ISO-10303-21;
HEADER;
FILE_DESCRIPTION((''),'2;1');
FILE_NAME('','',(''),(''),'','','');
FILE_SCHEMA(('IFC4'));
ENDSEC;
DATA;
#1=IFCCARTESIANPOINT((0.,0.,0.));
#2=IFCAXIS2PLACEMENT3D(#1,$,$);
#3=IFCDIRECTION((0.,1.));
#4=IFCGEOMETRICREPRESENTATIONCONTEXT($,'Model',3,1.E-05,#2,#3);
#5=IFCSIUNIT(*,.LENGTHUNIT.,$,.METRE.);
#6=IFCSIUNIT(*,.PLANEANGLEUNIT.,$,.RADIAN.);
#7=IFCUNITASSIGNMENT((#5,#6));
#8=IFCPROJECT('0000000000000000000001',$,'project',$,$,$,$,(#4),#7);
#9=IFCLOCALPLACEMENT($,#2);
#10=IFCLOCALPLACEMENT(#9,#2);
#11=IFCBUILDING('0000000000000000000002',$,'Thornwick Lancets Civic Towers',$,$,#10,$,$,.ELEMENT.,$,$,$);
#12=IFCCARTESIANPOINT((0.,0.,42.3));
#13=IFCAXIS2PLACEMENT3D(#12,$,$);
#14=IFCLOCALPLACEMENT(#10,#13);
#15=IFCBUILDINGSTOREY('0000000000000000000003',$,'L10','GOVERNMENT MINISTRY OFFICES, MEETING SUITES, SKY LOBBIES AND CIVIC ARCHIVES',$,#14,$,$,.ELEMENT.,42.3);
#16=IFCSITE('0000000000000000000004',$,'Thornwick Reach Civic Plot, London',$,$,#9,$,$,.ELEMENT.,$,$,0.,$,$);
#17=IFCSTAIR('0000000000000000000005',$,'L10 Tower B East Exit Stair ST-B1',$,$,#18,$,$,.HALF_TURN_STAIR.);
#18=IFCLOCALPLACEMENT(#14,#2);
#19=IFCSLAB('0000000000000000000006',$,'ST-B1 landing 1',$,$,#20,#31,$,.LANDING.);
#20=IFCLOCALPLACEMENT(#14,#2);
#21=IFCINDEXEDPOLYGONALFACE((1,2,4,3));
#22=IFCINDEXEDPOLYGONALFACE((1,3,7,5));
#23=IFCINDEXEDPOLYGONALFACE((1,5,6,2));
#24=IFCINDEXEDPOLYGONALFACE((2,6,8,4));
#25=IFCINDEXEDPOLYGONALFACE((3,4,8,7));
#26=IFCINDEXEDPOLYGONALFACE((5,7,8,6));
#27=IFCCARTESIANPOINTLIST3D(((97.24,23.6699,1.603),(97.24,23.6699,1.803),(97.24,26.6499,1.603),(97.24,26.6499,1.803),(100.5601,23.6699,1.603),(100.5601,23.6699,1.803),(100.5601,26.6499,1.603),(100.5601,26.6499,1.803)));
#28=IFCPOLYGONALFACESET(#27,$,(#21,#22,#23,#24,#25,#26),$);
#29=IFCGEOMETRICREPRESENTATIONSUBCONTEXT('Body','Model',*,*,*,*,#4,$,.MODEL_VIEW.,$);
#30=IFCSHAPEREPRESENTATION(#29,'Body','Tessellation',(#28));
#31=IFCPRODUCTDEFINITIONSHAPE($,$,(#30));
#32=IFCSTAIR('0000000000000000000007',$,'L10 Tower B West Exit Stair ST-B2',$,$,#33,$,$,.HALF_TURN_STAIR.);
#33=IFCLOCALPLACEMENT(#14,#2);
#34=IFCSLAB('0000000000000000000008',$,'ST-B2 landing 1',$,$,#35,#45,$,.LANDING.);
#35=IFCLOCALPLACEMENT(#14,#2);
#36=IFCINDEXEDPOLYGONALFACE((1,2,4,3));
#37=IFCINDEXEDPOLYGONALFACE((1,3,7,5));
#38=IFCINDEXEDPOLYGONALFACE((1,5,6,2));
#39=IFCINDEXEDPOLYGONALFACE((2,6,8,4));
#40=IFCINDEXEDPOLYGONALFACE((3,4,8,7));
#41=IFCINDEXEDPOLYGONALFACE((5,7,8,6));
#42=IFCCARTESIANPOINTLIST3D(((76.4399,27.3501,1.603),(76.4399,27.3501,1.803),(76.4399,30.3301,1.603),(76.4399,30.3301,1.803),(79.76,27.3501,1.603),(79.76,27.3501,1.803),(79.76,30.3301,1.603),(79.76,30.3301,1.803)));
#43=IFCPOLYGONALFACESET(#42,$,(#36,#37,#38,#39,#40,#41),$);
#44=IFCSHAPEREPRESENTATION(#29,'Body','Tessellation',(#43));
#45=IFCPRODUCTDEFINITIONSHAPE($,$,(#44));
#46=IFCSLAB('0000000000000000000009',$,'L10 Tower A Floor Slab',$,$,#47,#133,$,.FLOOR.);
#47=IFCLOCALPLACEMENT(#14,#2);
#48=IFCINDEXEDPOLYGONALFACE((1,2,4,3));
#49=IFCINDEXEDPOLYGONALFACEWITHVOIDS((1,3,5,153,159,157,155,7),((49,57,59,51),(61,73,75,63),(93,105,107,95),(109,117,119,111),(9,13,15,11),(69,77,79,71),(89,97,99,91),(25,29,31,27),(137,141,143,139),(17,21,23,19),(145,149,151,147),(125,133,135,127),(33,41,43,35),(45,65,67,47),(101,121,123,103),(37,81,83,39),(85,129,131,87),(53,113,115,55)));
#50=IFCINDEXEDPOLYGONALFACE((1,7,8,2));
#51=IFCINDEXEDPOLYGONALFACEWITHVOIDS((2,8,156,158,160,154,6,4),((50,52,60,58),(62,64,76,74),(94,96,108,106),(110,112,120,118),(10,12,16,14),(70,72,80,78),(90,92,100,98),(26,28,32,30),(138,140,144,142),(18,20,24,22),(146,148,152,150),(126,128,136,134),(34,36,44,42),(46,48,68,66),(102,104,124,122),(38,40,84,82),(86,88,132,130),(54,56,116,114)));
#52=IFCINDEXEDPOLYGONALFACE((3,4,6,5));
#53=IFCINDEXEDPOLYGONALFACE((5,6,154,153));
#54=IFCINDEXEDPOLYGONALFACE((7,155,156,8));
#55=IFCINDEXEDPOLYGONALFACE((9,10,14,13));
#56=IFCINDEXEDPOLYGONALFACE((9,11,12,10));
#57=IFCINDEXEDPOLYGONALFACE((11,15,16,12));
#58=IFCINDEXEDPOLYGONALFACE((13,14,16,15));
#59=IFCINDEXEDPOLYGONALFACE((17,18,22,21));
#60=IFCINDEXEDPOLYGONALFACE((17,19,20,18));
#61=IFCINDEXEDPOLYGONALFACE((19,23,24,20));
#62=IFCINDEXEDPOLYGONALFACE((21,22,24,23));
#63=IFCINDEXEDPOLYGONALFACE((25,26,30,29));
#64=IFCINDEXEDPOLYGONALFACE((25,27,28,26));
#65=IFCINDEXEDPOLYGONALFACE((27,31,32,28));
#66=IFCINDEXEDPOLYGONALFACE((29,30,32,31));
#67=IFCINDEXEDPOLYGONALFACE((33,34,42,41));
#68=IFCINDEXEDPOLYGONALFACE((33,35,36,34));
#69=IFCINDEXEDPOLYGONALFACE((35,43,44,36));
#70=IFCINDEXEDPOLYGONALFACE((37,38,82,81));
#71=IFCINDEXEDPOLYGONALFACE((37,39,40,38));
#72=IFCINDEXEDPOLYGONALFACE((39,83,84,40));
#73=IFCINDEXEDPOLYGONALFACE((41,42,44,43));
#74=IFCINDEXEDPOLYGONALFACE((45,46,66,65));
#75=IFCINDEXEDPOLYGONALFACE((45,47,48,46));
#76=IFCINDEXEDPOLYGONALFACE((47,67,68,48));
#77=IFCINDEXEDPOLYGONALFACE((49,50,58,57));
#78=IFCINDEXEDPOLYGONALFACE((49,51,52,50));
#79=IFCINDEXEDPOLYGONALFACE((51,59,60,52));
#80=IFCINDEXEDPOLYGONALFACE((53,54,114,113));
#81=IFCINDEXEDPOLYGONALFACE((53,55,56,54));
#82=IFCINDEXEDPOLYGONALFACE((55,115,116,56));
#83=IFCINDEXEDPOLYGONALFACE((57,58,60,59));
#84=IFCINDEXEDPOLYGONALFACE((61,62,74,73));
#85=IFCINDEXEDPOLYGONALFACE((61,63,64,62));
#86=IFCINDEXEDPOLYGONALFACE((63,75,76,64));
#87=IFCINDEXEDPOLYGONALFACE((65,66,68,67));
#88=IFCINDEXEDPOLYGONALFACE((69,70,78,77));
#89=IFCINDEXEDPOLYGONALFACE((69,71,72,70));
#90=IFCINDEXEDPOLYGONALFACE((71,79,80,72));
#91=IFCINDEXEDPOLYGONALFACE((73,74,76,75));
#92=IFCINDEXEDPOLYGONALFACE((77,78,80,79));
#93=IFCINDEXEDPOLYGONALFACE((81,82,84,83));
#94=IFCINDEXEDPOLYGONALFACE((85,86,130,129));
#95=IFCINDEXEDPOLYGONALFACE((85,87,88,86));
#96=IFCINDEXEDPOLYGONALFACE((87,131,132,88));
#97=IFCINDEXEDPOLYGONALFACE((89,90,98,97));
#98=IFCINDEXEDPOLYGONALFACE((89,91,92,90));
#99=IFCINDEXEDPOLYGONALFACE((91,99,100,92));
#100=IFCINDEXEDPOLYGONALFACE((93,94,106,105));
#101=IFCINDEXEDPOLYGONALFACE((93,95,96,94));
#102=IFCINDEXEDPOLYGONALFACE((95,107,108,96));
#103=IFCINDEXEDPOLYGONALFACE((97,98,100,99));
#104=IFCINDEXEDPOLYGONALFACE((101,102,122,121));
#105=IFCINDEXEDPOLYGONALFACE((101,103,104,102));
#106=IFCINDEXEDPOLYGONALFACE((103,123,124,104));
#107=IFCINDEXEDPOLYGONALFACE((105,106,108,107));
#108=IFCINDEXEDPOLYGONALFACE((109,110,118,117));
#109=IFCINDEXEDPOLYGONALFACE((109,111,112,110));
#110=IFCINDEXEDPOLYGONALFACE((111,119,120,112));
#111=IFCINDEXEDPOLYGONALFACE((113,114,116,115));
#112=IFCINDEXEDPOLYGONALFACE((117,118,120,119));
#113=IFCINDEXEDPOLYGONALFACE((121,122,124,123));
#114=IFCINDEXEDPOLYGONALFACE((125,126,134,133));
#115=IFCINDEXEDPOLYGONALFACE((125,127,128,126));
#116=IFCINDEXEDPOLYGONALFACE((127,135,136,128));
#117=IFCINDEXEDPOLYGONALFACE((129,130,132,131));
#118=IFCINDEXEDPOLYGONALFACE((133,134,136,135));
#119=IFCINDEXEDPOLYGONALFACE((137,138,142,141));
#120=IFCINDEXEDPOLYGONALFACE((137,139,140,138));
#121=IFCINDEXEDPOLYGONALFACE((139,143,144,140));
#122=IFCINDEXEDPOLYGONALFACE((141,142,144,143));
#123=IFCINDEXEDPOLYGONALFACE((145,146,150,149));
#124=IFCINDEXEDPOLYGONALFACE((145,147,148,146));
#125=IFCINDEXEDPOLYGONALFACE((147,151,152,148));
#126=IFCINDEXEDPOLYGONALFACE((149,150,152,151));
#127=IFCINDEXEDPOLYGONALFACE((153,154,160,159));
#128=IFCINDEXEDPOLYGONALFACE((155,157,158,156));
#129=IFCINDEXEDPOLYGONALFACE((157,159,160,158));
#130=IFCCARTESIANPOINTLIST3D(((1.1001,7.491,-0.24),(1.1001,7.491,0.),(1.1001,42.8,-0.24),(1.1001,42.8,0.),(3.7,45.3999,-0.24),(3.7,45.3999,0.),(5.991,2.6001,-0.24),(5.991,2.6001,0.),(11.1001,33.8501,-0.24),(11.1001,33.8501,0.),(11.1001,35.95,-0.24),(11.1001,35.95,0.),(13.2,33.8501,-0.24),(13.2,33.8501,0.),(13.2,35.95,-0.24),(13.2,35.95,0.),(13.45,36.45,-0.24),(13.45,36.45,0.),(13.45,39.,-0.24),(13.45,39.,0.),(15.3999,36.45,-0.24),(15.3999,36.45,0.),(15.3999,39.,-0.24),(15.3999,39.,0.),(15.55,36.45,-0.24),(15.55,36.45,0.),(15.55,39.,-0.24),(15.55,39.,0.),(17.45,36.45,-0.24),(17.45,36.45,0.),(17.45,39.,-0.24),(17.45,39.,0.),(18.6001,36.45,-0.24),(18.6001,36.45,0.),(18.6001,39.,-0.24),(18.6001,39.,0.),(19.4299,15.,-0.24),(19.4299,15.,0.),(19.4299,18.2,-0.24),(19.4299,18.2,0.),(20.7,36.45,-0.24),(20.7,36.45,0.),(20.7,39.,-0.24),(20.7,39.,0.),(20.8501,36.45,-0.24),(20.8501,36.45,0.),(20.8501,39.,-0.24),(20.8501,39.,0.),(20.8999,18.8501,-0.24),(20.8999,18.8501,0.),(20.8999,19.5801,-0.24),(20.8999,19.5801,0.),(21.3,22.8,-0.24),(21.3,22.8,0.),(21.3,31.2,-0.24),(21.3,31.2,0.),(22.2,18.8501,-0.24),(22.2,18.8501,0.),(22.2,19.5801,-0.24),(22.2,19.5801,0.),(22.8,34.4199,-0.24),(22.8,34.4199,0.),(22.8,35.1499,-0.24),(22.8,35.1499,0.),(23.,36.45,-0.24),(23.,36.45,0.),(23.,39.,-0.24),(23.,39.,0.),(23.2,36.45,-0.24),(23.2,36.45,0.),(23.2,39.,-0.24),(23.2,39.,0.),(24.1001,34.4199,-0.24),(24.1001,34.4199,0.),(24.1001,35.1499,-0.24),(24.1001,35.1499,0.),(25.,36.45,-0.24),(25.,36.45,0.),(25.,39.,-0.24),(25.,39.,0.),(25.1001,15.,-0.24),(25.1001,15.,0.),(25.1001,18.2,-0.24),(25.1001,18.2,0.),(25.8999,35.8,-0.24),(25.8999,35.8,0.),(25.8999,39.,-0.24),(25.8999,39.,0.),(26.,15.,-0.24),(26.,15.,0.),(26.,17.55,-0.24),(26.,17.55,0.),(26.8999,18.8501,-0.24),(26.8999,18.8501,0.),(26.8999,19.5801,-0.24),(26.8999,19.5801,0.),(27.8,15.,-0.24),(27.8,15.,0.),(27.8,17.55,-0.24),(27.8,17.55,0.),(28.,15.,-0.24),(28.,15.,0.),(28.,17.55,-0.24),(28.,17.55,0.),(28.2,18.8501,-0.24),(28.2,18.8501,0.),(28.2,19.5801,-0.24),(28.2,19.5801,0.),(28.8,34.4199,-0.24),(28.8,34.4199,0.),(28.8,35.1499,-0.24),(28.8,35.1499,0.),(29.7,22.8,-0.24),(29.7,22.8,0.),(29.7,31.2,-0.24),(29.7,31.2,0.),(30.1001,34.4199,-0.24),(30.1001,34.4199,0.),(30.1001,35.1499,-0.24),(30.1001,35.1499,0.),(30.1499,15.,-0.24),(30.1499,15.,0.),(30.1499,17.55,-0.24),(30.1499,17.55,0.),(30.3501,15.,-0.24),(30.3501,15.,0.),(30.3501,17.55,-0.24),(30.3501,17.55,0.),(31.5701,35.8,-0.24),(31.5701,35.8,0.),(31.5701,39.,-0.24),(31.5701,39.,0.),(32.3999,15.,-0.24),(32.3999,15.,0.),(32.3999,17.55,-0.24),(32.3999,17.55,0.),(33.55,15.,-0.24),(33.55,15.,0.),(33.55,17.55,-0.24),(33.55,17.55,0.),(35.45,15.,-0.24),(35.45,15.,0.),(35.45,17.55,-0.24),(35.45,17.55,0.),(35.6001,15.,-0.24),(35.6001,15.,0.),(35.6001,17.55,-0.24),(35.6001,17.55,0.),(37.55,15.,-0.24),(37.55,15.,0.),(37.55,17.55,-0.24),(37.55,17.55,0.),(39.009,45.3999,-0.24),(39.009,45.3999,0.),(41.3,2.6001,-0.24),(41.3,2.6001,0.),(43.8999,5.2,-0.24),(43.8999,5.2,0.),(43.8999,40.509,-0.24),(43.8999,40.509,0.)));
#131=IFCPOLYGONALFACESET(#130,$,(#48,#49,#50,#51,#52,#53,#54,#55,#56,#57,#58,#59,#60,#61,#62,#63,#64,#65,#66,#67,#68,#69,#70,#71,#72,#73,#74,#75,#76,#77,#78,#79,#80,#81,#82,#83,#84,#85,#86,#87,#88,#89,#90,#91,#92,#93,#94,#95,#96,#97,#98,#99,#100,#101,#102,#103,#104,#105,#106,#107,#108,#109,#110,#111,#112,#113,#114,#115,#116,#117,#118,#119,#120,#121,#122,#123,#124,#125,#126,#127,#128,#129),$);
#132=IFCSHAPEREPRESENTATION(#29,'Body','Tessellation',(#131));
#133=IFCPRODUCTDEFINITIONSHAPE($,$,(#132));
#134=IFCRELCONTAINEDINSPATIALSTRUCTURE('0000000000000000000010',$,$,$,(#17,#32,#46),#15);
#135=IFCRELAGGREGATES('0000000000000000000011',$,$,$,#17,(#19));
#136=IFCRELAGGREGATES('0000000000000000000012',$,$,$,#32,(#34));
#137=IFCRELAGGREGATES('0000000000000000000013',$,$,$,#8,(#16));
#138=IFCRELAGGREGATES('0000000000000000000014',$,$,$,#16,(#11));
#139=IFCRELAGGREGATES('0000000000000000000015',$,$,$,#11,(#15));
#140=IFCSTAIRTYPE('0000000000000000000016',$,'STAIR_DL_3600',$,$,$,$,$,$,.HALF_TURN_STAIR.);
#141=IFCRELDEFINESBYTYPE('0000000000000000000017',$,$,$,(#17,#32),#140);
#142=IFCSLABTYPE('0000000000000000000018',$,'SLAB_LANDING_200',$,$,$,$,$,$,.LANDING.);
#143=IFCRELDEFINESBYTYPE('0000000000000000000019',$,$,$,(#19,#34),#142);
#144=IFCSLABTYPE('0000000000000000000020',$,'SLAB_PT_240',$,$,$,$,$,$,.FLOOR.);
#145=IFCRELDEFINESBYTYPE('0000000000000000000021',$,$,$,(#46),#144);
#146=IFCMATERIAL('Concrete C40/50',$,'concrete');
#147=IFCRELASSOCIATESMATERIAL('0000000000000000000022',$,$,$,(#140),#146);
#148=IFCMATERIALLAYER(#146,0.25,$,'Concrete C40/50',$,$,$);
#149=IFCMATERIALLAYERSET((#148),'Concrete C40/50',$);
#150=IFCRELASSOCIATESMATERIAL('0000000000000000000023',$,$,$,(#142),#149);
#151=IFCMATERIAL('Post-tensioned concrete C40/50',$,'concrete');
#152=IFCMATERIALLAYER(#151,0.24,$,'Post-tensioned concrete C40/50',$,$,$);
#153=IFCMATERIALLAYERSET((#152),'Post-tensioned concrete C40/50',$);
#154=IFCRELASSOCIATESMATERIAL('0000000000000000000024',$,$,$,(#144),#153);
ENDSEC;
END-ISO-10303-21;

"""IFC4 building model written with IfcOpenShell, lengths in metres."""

from ifc_helpers import new_model, si_unit, direction, frame, origin, place, context, subcontext, project, spatial, polyline, outline, extrude, material, layer, layer_set, type_object, element, aggregate, save


model = new_model("IFC4")

# Units and contexts
model_context = context("Model", 3, precision=1e-05, world=origin(), true_north=direction((0.0, 1.0)))
body_context = subcontext(model_context, "Body", "Model", "MODEL_VIEW")
ifc_project = project(units=[si_unit("LENGTHUNIT", "METRE"), si_unit("PLANEANGLEUNIT", "RADIAN")], contexts=[model_context])

# Site, building, storey
site_placement = place(None, origin())
site = spatial("IfcSite", under=ifc_project, at=site_placement, Name="Thornwick Reach Civic Plot, London", CompositionType="ELEMENT", RefElevation=0.0)
building_placement = place(site_placement, origin())
building = spatial("IfcBuilding", under=site, at=building_placement, Name="Thornwick Lancets Civic Towers", CompositionType="ELEMENT")
storey_placement = place(building_placement, frame((0.0, 0.0, 42.3)))
storey = spatial("IfcBuildingStorey", under=building, at=storey_placement, Name="L10", Description="GOVERNMENT MINISTRY OFFICES, MEETING SUITES, SKY LOBBIES AND CIVIC ARCHIVES", CompositionType="ELEMENT", Elevation=42.3)

# Shared definitions
ifc_material_1 = material(Name="Post-tensioned concrete C40/50", Category="concrete")

# Stairs, slabs
ifc_material_2 = material(Name="Concrete C40/50", Category="concrete")
stair_type = type_object("IfcStairType", Name="STAIR_DL_3600", PredefinedType="HALF_TURN_STAIR", material=ifc_material_2)
ifc_layer_1 = layer(ifc_material_2, 0.25, Name="Concrete C40/50")
ifc_layer_set_1 = layer_set([ifc_layer_1], Name="Concrete C40/50")
slab_type_1 = type_object("IfcSlabType", Name="SLAB_LANDING_200", PredefinedType="LANDING", material=ifc_layer_set_1)
stair_1_placement = place(storey_placement, origin())
stair_1 = element("IfcStair", 1, at=stair_1_placement, inside=storey, type_object=stair_type, Name="L10 Tower B East Exit Stair ST-B1", PredefinedType="HALF_TURN_STAIR")
slab_1_placement = place(storey_placement, frame((0.0, 0.0, 1.603)))
slab_1 = element("IfcSlab", 2, at=slab_1_placement, type_object=slab_type_1, Name="ST-B1 landing 1", PredefinedType="LANDING", context=body_context, shape_type="SweptSolid", body=[
    extrude(outline(polyline([(100.5601, 23.6699), (100.5601, 26.6499), (97.24, 26.6499), (97.24, 23.6699), (100.5601, 23.6699)])), origin(), (0.0, 0.0, 1.0), 0.2),
])
aggregate(stair_1, [slab_1])
stair_2_placement = place(storey_placement, origin())
stair_2 = element("IfcStair", 3, at=stair_2_placement, inside=storey, type_object=stair_type, Name="L10 Tower B West Exit Stair ST-B2", PredefinedType="HALF_TURN_STAIR")
slab_2_placement = place(storey_placement, frame((0.0, 0.0, 1.603)))
slab_2 = element("IfcSlab", 4, at=slab_2_placement, type_object=slab_type_1, Name="ST-B2 landing 1", PredefinedType="LANDING", context=body_context, shape_type="SweptSolid", body=[
    extrude(outline(polyline([(76.4399, 30.3301), (76.4399, 27.3501), (79.76, 27.3501), (79.76, 30.3301), (76.4399, 30.3301)])), origin(), (0.0, 0.0, 1.0), 0.2),
])
aggregate(stair_2, [slab_2])

# Slab
ifc_layer_2 = layer(ifc_material_1, 0.24, Name="Post-tensioned concrete C40/50")
ifc_layer_set_2 = layer_set([ifc_layer_2], Name="Post-tensioned concrete C40/50")
slab_type_2 = type_object("IfcSlabType", Name="SLAB_PT_240", PredefinedType="FLOOR", material=ifc_layer_set_2)
slab_3_placement = place(storey_placement, frame((0.0, 0.0, -0.24)))
element("IfcSlab", 5, at=slab_3_placement, inside=storey, type_object=slab_type_2, Name="L10 Tower A Floor Slab", PredefinedType="FLOOR", context=body_context, shape_type="SweptSolid", body=[
    extrude(outline(polyline([(5.991, 2.6001), (41.3, 2.6001), (43.8999, 5.2), (43.8999, 40.509), (39.009, 45.3999), (3.7, 45.3999), (1.1001, 42.8), (1.1001, 7.491), (5.991, 2.6001)]), holes=[polyline([(21.3, 22.8), (29.7, 22.8), (29.7, 31.2), (21.3, 31.2), (21.3, 22.8)]), polyline([(19.4299, 15.0), (25.1001, 15.0), (25.1001, 18.2), (19.4299, 18.2), (19.4299, 15.0)]), polyline([(31.5701, 39.0), (25.8999, 39.0), (25.8999, 35.8), (31.5701, 35.8), (31.5701, 39.0)]), polyline([(26.0, 15.0), (27.8, 15.0), (27.8, 17.55), (26.0, 17.55), (26.0, 15.0)]), polyline([(28.0, 15.0), (30.1499, 15.0), (30.1499, 17.55), (28.0, 17.55), (28.0, 15.0)]), polyline([(30.3501, 15.0), (32.3999, 15.0), (32.3999, 17.55), (30.3501, 17.55), (30.3501, 15.0)]), polyline([(33.55, 15.0), (35.45, 15.0), (35.45, 17.55), (33.55, 17.55), (33.55, 15.0)]), polyline([(35.6001, 15.0), (37.55, 15.0), (37.55, 17.55), (35.6001, 17.55), (35.6001, 15.0)]), polyline([(23.2, 36.45), (25.0, 36.45), (25.0, 39.0), (23.2, 39.0), (23.2, 36.45)]), polyline([(20.8501, 36.45), (23.0, 36.45), (23.0, 39.0), (20.8501, 39.0), (20.8501, 36.45)]), polyline([(18.6001, 36.45), (20.7, 36.45), (20.7, 39.0), (18.6001, 39.0), (18.6001, 36.45)]), polyline([(15.55, 36.45), (17.45, 36.45), (17.45, 39.0), (15.55, 39.0), (15.55, 36.45)]), polyline([(13.45, 36.45), (15.3999, 36.45), (15.3999, 39.0), (13.45, 39.0), (13.45, 36.45)]), polyline([(11.1001, 33.8501), (13.2, 33.8501), (13.2, 35.95), (11.1001, 35.95), (11.1001, 33.8501)]), polyline([(26.8999, 18.8501), (28.2, 18.8501), (28.2, 19.5801), (26.8999, 19.5801), (26.8999, 18.8501)]), polyline([(20.8999, 18.8501), (22.2, 18.8501), (22.2, 19.5801), (20.8999, 19.5801), (20.8999, 18.8501)]), polyline([(22.8, 34.4199), (24.1001, 34.4199), (24.1001, 35.1499), (22.8, 35.1499), (22.8, 34.4199)]), polyline([(28.8, 34.4199), (30.1001, 34.4199), (30.1001, 35.1499), (28.8, 35.1499), (28.8, 34.4199)])]), origin(), (0.0, 0.0, 1.0), 0.24),
])

save(model, "model.ifc")
